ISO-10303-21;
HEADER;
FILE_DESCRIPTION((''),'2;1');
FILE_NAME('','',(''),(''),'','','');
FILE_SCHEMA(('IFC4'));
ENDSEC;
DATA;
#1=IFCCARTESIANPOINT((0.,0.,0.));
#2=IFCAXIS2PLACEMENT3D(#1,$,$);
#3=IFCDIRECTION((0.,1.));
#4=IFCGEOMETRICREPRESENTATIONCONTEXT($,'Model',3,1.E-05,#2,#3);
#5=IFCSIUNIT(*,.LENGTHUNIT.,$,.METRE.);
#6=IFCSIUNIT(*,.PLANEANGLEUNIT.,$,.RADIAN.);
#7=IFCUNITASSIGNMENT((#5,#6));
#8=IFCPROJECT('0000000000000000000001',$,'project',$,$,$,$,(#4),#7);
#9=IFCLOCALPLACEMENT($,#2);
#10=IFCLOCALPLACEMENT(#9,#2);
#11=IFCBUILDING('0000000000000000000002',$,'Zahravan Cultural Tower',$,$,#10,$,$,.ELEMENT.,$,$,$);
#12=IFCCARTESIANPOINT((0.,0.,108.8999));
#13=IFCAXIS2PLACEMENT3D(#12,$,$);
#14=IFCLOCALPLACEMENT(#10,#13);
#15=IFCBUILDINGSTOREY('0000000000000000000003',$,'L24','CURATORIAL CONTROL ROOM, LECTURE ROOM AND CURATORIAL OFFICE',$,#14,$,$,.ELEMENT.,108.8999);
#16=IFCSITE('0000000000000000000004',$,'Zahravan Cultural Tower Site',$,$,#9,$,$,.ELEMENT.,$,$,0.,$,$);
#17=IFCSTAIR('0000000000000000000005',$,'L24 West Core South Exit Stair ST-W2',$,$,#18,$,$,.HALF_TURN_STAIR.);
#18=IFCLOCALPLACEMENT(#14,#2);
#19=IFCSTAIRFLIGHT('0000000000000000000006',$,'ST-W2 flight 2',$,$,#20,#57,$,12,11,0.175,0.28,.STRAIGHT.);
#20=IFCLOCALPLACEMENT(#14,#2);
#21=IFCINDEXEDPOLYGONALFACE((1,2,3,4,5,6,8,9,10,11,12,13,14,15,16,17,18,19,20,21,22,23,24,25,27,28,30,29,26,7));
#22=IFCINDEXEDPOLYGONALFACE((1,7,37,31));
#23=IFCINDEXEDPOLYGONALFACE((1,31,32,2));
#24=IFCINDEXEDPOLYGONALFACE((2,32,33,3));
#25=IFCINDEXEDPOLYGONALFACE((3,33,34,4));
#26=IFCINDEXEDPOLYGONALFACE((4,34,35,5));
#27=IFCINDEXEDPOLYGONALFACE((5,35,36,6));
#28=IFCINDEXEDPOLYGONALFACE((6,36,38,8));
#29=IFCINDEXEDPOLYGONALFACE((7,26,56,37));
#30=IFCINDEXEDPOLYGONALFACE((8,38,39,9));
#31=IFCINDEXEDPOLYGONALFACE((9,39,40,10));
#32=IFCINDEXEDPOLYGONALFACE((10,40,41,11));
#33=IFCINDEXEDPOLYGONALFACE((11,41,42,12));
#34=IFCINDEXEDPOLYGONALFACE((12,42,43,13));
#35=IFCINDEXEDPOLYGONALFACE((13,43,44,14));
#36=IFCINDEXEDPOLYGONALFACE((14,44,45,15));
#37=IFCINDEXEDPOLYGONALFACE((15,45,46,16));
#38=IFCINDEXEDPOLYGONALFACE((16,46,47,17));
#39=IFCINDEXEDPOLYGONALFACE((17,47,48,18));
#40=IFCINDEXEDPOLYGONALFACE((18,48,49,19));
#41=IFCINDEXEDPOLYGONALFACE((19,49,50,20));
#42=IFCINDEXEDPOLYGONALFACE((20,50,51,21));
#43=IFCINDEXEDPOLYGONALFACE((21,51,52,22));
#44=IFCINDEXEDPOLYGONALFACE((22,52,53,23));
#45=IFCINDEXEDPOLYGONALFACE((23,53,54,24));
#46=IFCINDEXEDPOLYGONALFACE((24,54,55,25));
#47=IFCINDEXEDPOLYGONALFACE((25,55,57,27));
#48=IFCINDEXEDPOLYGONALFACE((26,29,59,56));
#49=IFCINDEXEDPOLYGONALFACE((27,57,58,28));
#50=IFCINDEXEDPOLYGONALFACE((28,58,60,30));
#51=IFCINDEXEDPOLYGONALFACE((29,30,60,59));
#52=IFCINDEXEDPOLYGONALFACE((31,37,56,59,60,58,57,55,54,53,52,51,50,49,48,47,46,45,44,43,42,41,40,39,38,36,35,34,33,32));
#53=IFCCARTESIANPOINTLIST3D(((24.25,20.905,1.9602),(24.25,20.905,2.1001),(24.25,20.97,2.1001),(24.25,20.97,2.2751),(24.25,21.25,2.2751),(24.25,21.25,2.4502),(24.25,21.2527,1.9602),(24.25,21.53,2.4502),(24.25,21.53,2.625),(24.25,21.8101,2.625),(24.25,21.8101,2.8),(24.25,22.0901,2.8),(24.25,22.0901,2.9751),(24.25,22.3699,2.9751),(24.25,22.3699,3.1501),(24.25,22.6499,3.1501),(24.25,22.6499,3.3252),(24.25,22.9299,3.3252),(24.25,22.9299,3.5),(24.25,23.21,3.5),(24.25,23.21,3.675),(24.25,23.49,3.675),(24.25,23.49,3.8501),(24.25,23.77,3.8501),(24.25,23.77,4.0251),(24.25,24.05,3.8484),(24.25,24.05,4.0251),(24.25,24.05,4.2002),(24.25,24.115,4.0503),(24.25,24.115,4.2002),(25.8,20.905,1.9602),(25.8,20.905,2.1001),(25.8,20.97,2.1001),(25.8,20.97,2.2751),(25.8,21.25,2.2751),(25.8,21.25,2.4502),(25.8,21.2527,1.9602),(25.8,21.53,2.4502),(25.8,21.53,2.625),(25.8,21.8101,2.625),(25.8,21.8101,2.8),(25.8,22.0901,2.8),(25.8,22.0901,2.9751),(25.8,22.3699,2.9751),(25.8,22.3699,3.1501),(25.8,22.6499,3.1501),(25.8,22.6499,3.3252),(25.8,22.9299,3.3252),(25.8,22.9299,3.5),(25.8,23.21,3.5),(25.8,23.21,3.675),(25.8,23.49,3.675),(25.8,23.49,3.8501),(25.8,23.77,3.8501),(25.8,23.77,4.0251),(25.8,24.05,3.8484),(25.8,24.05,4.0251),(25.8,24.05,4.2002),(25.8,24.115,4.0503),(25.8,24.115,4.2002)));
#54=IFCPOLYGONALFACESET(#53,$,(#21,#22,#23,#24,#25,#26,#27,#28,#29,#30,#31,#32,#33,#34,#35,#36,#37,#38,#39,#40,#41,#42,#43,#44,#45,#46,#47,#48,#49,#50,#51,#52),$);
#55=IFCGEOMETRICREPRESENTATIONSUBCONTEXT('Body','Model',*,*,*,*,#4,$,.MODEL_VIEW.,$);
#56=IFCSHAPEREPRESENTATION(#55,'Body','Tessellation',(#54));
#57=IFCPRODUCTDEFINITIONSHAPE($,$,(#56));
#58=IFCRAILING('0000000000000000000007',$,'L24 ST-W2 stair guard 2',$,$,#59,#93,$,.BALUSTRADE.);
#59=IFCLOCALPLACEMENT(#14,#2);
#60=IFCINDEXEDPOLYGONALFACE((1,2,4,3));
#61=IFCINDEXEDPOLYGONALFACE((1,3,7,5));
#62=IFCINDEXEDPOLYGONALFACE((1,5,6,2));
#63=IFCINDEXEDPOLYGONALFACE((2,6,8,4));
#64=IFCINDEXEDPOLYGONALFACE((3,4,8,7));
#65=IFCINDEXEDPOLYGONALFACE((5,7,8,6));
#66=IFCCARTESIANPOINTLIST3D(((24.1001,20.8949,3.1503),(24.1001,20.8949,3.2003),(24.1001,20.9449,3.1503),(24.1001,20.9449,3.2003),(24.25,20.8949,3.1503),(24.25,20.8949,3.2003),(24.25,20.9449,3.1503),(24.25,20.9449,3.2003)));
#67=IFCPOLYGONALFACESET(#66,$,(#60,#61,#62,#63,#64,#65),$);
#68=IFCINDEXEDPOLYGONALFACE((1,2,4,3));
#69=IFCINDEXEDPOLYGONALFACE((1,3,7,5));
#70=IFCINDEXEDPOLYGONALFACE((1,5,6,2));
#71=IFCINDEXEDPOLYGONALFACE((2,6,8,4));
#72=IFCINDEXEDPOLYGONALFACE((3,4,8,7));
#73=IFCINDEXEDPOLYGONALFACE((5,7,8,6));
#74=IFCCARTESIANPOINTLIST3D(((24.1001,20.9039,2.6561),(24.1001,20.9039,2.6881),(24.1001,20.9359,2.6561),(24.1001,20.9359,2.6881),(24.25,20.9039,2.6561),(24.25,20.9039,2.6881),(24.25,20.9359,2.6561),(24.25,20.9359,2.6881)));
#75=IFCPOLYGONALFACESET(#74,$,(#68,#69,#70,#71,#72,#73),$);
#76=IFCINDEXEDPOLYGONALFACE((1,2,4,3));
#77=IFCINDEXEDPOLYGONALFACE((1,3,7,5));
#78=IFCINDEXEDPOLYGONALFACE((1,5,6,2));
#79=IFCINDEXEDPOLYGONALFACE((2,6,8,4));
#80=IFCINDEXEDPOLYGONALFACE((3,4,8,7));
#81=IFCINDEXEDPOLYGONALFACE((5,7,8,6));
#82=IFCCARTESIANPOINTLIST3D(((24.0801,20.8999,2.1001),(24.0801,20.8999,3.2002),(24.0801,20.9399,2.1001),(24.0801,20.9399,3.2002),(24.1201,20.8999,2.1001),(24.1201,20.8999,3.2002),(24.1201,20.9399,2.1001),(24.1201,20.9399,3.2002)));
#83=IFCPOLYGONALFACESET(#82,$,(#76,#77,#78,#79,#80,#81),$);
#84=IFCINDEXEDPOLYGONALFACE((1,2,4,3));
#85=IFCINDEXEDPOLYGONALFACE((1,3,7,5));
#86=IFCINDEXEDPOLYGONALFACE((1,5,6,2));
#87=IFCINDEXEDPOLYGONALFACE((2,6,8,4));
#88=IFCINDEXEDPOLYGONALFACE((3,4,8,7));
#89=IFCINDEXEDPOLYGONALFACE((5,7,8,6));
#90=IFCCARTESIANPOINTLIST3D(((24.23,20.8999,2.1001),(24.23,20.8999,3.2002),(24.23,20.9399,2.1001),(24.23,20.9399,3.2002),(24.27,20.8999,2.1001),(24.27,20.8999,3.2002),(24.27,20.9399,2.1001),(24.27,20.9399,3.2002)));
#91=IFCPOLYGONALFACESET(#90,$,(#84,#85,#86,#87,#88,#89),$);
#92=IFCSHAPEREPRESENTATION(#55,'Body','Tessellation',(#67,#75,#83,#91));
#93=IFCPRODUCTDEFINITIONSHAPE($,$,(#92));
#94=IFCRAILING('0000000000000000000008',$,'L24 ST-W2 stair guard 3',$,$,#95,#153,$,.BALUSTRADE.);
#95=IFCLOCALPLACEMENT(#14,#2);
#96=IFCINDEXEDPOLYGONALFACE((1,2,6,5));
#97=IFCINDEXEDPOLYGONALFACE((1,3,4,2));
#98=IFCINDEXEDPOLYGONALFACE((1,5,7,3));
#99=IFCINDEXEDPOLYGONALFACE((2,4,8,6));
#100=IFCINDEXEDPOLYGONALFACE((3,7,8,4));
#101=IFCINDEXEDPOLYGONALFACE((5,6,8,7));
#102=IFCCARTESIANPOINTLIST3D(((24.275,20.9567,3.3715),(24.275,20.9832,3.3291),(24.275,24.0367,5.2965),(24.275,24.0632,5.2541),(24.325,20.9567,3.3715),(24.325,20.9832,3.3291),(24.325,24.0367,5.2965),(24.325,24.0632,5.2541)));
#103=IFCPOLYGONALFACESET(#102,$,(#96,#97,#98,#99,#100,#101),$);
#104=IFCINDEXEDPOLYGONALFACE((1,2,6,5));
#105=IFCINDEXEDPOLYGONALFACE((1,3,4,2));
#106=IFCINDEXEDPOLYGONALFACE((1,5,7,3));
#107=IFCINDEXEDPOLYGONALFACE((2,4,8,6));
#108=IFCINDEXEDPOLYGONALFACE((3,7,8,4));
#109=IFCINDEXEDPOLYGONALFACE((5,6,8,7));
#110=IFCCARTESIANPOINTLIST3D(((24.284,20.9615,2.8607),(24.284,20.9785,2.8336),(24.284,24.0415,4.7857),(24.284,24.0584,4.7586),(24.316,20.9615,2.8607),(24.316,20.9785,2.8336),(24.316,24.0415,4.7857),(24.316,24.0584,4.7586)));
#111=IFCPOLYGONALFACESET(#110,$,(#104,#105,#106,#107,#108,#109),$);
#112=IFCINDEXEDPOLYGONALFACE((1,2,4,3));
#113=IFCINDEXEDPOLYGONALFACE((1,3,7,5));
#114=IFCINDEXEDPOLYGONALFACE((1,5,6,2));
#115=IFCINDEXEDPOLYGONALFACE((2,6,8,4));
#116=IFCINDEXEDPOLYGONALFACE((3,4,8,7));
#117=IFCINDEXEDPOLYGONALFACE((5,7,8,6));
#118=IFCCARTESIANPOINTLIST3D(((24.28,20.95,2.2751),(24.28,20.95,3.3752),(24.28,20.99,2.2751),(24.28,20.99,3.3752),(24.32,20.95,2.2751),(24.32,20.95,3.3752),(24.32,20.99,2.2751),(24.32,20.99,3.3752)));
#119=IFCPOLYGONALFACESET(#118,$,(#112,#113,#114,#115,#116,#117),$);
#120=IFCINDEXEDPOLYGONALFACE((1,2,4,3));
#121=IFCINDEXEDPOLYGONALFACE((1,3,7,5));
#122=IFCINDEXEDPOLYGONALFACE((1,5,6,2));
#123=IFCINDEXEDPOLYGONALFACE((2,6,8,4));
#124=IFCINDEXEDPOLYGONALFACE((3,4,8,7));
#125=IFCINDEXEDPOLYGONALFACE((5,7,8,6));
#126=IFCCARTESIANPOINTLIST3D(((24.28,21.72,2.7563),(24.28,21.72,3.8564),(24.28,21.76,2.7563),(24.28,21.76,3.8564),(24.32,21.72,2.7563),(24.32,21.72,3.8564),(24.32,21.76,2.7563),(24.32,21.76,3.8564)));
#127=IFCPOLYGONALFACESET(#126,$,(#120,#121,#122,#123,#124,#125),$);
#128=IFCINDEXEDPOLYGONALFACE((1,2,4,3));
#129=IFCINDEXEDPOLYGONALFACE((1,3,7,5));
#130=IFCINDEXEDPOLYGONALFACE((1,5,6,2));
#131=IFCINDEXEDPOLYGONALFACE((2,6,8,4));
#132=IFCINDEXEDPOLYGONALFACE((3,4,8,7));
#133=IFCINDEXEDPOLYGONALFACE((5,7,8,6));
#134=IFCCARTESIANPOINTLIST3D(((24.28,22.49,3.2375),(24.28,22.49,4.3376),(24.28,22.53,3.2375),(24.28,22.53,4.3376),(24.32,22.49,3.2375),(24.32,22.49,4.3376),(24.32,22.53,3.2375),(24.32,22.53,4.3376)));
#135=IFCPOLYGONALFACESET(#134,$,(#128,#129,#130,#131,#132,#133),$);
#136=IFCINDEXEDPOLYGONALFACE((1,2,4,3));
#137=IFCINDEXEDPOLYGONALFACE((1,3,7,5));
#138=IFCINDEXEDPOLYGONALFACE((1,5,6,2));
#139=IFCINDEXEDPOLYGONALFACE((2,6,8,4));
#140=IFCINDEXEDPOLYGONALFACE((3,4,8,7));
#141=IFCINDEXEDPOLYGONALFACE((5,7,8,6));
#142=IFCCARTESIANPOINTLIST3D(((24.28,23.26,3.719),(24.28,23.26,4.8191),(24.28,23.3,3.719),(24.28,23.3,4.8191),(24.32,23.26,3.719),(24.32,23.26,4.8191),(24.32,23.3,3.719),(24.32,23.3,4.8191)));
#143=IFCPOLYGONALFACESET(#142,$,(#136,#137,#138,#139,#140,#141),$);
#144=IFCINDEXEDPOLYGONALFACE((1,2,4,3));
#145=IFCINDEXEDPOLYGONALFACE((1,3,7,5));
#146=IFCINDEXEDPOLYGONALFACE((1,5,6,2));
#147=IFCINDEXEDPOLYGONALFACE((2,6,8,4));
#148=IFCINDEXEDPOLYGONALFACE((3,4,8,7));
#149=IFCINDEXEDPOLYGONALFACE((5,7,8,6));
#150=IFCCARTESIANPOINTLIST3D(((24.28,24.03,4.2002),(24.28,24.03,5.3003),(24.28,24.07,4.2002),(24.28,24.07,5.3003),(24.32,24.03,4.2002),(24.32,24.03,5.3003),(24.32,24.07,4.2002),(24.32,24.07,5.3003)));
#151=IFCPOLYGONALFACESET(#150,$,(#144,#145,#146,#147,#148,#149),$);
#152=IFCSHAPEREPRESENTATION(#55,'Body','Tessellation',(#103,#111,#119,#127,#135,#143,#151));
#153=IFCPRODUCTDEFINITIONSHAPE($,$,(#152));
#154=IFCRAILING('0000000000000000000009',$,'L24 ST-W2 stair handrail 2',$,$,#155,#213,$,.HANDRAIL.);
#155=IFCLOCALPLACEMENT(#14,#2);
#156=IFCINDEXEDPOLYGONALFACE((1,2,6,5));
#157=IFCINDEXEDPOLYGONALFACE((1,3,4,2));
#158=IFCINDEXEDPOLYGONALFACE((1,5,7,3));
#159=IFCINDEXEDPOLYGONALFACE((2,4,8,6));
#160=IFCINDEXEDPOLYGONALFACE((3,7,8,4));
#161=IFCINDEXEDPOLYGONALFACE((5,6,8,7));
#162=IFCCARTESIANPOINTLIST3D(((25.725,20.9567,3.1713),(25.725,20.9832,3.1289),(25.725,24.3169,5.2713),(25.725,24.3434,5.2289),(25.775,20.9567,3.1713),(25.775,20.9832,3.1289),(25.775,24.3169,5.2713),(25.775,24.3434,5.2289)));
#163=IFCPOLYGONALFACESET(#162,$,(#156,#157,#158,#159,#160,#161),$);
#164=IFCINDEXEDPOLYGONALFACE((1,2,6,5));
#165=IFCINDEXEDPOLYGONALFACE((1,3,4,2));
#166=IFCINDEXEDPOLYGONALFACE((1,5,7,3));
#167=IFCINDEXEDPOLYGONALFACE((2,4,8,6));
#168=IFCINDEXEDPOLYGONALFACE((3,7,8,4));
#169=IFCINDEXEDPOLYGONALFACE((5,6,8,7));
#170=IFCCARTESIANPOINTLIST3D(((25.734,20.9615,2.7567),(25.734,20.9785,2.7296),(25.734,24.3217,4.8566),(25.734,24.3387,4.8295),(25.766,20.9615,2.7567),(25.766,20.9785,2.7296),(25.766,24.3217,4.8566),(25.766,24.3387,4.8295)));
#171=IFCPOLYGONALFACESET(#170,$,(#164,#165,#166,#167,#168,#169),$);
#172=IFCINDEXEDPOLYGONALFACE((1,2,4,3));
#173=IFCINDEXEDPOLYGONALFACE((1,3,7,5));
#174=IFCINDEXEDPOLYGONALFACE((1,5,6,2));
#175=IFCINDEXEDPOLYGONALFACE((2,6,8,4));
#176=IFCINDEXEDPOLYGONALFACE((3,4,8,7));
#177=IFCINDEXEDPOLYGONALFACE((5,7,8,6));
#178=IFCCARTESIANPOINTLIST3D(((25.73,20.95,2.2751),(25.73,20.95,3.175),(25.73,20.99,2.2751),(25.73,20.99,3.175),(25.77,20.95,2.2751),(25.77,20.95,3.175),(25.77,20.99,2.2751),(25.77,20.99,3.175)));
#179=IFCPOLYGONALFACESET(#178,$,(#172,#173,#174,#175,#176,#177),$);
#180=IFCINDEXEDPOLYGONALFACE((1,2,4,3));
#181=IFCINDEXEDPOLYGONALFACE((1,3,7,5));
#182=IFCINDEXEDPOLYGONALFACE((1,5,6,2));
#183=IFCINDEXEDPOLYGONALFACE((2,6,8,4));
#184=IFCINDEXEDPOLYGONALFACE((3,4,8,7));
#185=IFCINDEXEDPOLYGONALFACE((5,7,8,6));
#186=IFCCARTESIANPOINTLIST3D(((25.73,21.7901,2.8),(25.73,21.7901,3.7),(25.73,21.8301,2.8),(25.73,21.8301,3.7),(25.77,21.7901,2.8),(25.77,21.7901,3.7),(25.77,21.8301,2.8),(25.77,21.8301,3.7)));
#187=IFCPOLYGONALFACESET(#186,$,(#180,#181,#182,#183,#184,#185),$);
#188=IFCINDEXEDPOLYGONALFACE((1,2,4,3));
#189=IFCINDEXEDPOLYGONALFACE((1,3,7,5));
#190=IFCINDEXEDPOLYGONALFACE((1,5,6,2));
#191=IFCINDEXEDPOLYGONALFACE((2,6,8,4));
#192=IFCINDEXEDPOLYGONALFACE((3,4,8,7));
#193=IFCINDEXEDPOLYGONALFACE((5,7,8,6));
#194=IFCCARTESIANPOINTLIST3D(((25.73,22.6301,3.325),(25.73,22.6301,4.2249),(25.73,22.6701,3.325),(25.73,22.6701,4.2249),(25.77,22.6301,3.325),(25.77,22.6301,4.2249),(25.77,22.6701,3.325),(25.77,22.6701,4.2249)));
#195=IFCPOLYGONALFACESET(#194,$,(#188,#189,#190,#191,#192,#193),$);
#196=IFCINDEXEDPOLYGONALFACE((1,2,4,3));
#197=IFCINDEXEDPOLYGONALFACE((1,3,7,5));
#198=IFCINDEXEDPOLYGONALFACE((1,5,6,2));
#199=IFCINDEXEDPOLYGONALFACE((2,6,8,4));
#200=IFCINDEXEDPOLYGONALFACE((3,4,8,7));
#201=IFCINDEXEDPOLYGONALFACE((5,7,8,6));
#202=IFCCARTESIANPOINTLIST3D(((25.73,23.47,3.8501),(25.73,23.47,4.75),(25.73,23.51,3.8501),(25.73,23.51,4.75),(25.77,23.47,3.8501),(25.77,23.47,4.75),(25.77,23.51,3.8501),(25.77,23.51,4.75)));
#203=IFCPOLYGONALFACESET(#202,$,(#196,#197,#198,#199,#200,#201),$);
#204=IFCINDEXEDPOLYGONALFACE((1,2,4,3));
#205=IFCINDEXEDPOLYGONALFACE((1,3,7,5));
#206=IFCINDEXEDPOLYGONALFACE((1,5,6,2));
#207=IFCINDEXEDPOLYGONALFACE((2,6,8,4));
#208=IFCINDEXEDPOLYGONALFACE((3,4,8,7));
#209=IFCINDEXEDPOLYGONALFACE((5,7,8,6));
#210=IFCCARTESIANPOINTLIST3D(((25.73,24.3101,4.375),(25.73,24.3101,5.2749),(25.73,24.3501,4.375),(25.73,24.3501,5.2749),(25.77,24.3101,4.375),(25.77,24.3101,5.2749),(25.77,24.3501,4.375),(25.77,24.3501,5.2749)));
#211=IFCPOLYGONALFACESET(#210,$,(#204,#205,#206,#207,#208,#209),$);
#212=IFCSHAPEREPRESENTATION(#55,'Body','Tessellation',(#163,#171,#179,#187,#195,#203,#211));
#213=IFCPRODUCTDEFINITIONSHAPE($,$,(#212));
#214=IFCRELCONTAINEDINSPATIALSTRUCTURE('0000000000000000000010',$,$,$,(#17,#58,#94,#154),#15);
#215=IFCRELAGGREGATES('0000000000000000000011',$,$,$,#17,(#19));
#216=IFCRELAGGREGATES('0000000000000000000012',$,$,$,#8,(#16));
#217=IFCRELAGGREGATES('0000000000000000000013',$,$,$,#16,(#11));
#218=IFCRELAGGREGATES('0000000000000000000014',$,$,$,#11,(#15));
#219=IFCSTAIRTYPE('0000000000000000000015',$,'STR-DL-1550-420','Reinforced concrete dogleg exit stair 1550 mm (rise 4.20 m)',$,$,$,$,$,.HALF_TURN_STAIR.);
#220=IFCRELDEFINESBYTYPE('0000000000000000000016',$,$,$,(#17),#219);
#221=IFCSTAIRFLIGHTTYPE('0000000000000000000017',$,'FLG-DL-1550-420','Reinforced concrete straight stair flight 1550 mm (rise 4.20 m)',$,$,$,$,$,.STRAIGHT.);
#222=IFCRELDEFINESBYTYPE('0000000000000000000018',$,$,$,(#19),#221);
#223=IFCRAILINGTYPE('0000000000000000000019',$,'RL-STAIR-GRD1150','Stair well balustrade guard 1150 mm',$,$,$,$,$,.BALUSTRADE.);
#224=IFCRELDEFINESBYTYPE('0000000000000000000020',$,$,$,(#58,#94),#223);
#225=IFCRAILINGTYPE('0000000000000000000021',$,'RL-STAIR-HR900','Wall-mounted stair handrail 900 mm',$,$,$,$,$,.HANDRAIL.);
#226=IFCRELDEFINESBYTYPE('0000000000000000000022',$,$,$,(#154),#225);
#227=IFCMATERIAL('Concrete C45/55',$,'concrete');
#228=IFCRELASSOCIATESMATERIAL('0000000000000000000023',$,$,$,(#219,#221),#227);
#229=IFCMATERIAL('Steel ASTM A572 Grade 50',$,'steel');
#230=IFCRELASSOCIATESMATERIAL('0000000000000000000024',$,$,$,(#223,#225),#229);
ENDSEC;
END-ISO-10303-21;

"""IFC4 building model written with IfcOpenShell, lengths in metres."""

from ifc_helpers import new_model, si_unit, direction, frame, origin, origin_2d, place, context, subcontext, project, spatial, polyline, rectangle, outline, extrude, material, type_object, element, aggregate, save


model = new_model("IFC4")

# Units and contexts
model_context = context("Model", 3, precision=1e-05, world=origin(), true_north=direction((0.0, 1.0)))
body_context = subcontext(model_context, "Body", "Model", "MODEL_VIEW")
ifc_project = project(units=[si_unit("LENGTHUNIT", "METRE"), si_unit("PLANEANGLEUNIT", "RADIAN")], contexts=[model_context])

# Site, building, storey
site_placement = place(None, origin())
site = spatial("IfcSite", under=ifc_project, at=site_placement, Name="Zahravan Cultural Tower Site", CompositionType="ELEMENT", RefElevation=0.0)
building_placement = place(site_placement, origin())
building = spatial("IfcBuilding", under=site, at=building_placement, Name="Zahravan Cultural Tower", CompositionType="ELEMENT")
storey_placement = place(building_placement, frame((0.0, 0.0, 108.8999)))
storey = spatial("IfcBuildingStorey", under=building, at=storey_placement, Name="L24", Description="CURATORIAL CONTROL ROOM, LECTURE ROOM AND CURATORIAL OFFICE", CompositionType="ELEMENT", Elevation=108.8999)

# Shared definitions
ifc_material_1 = material(Name="Steel ASTM A572 Grade 50", Category="steel")

# Shared definitions
ifc_material_2 = material(Name="Concrete C45/55", Category="concrete")

# Stair, stair flight
stair_type = type_object("IfcStairType", Name="STR-DL-1550-420", Description="Reinforced concrete dogleg exit stair 1550 mm (rise 4.20 m)", PredefinedType="HALF_TURN_STAIR", material=ifc_material_2)
stair_placement = place(storey_placement, origin())
stair = element("IfcStair", 1, at=stair_placement, inside=storey, type_object=stair_type, Name="L24 West Core South Exit Stair ST-W2", PredefinedType="HALF_TURN_STAIR")
stair_flight_type = type_object("IfcStairFlightType", Name="FLG-DL-1550-420", Description="Reinforced concrete straight stair flight 1550 mm (rise 4.20 m)", PredefinedType="STRAIGHT", material=ifc_material_2)
stair_flight_placement = place(storey_placement, frame((25.0249, 20.97, 2.1001), z_axis=(0.0, 0.0, 1.0), x_axis=(0.0, 1.0, 0.0)))
stair_flight = element("IfcStairFlight", 2, at=stair_flight_placement, type_object=stair_flight_type, Name="ST-W2 flight 2", NumberOfRisers=12, NumberOfTreads=11, PredefinedType="STRAIGHT", RiserHeight=0.175, TreadLength=0.28, context=body_context, shape_type="SweptSolid", body=[
    extrude(outline(polyline([(-0.0649, -0.1399), (-0.0649, 0.0), (0.0, 0.0), (0.0, 0.175), (0.28, 0.175), (0.28, 0.3501), (0.5601, 0.3501), (0.5601, 0.5249), (0.8401, 0.5249), (0.8401, 0.7), (1.1201, 0.7), (1.1201, 0.875), (1.3999, 0.875), (1.3999, 1.05), (1.6799, 1.05), (1.6799, 1.2251), (1.96, 1.2251), (1.96, 1.3999), (2.24, 1.3999), (2.24, 1.575), (2.52, 1.575), (2.52, 1.75), (2.8, 1.75), (2.8, 1.925), (3.0801, 1.925), (3.0801, 2.1001), (3.145, 2.1001), (3.145, 1.9502), (3.0801, 1.7483), (0.2827, -0.1399), (-0.0649, -0.1399)])), frame((0.0, 0.7749, 0.0), z_axis=(0.0, -1.0, 0.0), x_axis=(1.0, 0.0, 0.0)), (0.0, 0.0, 1.0), 1.55),
])
aggregate(stair, [stair_flight])

# Railings
railing_type_1 = type_object("IfcRailingType", Name="RL-STAIR-GRD1150", Description="Stair well balustrade guard 1150 mm", PredefinedType="BALUSTRADE", material=ifc_material_1)
railing_1_placement = place(storey_placement, frame((24.1001, 20.9199, 2.1001)))
element("IfcRailing", 3, at=railing_1_placement, inside=storey, type_object=railing_type_1, Name="L24 ST-W2 stair guard 2", PredefinedType="BALUSTRADE", context=body_context, shape_type="SweptSolid", body=[
    extrude(rectangle(XDim=0.05, YDim=0.05, at=origin_2d()), frame((0.0, 0.0, 1.0752), z_axis=(1.0, 0.0, 0.0), x_axis=(0.0, 1.0, 0.0)), (0.0, 0.0, 1.0), 0.1499),
    extrude(rectangle(XDim=0.032, YDim=0.032, at=origin_2d()), frame((0.0, 0.0, 0.572), z_axis=(1.0, 0.0, 0.0), x_axis=(0.0, 1.0, 0.0)), (0.0, 0.0, 1.0), 0.1499),
    extrude(rectangle(XDim=0.04, YDim=0.04, at=origin_2d()), origin(), (0.0, 0.0, 1.0), 1.1001),
    extrude(rectangle(XDim=0.04, YDim=0.04, at=origin_2d()), frame((0.1499, 0.0, 0.0)), (0.0, 0.0, 1.0), 1.1001),
])
railing_2_placement = place(storey_placement, frame((24.3, 20.97, 2.2751)))
element("IfcRailing", 4, at=railing_2_placement, inside=storey, type_object=railing_type_1, Name="L24 ST-W2 stair guard 3", PredefinedType="BALUSTRADE", context=body_context, shape_type="SweptSolid", body=[
    extrude(rectangle(XDim=0.05, YDim=0.05, at=origin_2d()), frame((0.0, 0.0, 1.0752), z_axis=(0.0, 0.847998, 0.529999), x_axis=(-1.0, 0.0, 0.0)), (0.0, 0.0, 1.0), 3.6321),
    extrude(rectangle(XDim=0.032, YDim=0.032, at=origin_2d()), frame((0.0, 0.0, 0.572), z_axis=(0.0, 0.847998, 0.529999), x_axis=(-1.0, 0.0, 0.0)), (0.0, 0.0, 1.0), 3.6321),
    extrude(rectangle(XDim=0.04, YDim=0.04, at=origin_2d()), origin(), (0.0, 0.0, 1.0), 1.1001),
    extrude(rectangle(XDim=0.04, YDim=0.04, at=origin_2d()), frame((0.0, 0.77, 0.4812)), (0.0, 0.0, 1.0), 1.1001),
    extrude(rectangle(XDim=0.04, YDim=0.04, at=origin_2d()), frame((0.0, 1.54, 0.9624)), (0.0, 0.0, 1.0), 1.1001),
    extrude(rectangle(XDim=0.04, YDim=0.04, at=origin_2d()), frame((0.0, 2.3101, 1.4438)), (0.0, 0.0, 1.0), 1.1001),
    extrude(rectangle(XDim=0.04, YDim=0.04, at=origin_2d()), frame((0.0, 3.0801, 1.925)), (0.0, 0.0, 1.0), 1.1001),
])
railing_type_2 = type_object("IfcRailingType", Name="RL-STAIR-HR900", Description="Wall-mounted stair handrail 900 mm", PredefinedType="HANDRAIL", material=ifc_material_1)
railing_3_placement = place(storey_placement, frame((25.75, 20.97, 2.2751)))
element("IfcRailing", 5, at=railing_3_placement, inside=storey, type_object=railing_type_2, Name="L24 ST-W2 stair handrail 2", PredefinedType="HANDRAIL", context=body_context, shape_type="SweptSolid", body=[
    extrude(rectangle(XDim=0.05, YDim=0.05, at=origin_2d()), frame((0.0, 0.0, 0.875), z_axis=(0.0, 0.848023, 0.52996), x_axis=(-1.0, 0.0, 0.0)), (0.0, 0.0, 1.0), 3.9624),
    extrude(rectangle(XDim=0.032, YDim=0.032, at=origin_2d()), frame((0.0, 0.0, 0.468), z_axis=(0.0, 0.848023, 0.52996), x_axis=(-1.0, 0.0, 0.0)), (0.0, 0.0, 1.0), 3.9624),
    extrude(rectangle(XDim=0.04, YDim=0.04, at=origin_2d()), origin(), (0.0, 0.0, 1.0), 0.8999),
    extrude(rectangle(XDim=0.04, YDim=0.04, at=origin_2d()), frame((0.0, 0.8401, 0.5249)), (0.0, 0.0, 1.0), 0.8999),
    extrude(rectangle(XDim=0.04, YDim=0.04, at=origin_2d()), frame((0.0, 1.6802, 1.0498)), (0.0, 0.0, 1.0), 0.8999),
    extrude(rectangle(XDim=0.04, YDim=0.04, at=origin_2d()), frame((0.0, 2.52, 1.575)), (0.0, 0.0, 1.0), 0.8999),
    extrude(rectangle(XDim=0.04, YDim=0.04, at=origin_2d()), frame((0.0, 3.3601, 2.0999)), (0.0, 0.0, 1.0), 0.8999),
])

save(model, "model.ifc")
